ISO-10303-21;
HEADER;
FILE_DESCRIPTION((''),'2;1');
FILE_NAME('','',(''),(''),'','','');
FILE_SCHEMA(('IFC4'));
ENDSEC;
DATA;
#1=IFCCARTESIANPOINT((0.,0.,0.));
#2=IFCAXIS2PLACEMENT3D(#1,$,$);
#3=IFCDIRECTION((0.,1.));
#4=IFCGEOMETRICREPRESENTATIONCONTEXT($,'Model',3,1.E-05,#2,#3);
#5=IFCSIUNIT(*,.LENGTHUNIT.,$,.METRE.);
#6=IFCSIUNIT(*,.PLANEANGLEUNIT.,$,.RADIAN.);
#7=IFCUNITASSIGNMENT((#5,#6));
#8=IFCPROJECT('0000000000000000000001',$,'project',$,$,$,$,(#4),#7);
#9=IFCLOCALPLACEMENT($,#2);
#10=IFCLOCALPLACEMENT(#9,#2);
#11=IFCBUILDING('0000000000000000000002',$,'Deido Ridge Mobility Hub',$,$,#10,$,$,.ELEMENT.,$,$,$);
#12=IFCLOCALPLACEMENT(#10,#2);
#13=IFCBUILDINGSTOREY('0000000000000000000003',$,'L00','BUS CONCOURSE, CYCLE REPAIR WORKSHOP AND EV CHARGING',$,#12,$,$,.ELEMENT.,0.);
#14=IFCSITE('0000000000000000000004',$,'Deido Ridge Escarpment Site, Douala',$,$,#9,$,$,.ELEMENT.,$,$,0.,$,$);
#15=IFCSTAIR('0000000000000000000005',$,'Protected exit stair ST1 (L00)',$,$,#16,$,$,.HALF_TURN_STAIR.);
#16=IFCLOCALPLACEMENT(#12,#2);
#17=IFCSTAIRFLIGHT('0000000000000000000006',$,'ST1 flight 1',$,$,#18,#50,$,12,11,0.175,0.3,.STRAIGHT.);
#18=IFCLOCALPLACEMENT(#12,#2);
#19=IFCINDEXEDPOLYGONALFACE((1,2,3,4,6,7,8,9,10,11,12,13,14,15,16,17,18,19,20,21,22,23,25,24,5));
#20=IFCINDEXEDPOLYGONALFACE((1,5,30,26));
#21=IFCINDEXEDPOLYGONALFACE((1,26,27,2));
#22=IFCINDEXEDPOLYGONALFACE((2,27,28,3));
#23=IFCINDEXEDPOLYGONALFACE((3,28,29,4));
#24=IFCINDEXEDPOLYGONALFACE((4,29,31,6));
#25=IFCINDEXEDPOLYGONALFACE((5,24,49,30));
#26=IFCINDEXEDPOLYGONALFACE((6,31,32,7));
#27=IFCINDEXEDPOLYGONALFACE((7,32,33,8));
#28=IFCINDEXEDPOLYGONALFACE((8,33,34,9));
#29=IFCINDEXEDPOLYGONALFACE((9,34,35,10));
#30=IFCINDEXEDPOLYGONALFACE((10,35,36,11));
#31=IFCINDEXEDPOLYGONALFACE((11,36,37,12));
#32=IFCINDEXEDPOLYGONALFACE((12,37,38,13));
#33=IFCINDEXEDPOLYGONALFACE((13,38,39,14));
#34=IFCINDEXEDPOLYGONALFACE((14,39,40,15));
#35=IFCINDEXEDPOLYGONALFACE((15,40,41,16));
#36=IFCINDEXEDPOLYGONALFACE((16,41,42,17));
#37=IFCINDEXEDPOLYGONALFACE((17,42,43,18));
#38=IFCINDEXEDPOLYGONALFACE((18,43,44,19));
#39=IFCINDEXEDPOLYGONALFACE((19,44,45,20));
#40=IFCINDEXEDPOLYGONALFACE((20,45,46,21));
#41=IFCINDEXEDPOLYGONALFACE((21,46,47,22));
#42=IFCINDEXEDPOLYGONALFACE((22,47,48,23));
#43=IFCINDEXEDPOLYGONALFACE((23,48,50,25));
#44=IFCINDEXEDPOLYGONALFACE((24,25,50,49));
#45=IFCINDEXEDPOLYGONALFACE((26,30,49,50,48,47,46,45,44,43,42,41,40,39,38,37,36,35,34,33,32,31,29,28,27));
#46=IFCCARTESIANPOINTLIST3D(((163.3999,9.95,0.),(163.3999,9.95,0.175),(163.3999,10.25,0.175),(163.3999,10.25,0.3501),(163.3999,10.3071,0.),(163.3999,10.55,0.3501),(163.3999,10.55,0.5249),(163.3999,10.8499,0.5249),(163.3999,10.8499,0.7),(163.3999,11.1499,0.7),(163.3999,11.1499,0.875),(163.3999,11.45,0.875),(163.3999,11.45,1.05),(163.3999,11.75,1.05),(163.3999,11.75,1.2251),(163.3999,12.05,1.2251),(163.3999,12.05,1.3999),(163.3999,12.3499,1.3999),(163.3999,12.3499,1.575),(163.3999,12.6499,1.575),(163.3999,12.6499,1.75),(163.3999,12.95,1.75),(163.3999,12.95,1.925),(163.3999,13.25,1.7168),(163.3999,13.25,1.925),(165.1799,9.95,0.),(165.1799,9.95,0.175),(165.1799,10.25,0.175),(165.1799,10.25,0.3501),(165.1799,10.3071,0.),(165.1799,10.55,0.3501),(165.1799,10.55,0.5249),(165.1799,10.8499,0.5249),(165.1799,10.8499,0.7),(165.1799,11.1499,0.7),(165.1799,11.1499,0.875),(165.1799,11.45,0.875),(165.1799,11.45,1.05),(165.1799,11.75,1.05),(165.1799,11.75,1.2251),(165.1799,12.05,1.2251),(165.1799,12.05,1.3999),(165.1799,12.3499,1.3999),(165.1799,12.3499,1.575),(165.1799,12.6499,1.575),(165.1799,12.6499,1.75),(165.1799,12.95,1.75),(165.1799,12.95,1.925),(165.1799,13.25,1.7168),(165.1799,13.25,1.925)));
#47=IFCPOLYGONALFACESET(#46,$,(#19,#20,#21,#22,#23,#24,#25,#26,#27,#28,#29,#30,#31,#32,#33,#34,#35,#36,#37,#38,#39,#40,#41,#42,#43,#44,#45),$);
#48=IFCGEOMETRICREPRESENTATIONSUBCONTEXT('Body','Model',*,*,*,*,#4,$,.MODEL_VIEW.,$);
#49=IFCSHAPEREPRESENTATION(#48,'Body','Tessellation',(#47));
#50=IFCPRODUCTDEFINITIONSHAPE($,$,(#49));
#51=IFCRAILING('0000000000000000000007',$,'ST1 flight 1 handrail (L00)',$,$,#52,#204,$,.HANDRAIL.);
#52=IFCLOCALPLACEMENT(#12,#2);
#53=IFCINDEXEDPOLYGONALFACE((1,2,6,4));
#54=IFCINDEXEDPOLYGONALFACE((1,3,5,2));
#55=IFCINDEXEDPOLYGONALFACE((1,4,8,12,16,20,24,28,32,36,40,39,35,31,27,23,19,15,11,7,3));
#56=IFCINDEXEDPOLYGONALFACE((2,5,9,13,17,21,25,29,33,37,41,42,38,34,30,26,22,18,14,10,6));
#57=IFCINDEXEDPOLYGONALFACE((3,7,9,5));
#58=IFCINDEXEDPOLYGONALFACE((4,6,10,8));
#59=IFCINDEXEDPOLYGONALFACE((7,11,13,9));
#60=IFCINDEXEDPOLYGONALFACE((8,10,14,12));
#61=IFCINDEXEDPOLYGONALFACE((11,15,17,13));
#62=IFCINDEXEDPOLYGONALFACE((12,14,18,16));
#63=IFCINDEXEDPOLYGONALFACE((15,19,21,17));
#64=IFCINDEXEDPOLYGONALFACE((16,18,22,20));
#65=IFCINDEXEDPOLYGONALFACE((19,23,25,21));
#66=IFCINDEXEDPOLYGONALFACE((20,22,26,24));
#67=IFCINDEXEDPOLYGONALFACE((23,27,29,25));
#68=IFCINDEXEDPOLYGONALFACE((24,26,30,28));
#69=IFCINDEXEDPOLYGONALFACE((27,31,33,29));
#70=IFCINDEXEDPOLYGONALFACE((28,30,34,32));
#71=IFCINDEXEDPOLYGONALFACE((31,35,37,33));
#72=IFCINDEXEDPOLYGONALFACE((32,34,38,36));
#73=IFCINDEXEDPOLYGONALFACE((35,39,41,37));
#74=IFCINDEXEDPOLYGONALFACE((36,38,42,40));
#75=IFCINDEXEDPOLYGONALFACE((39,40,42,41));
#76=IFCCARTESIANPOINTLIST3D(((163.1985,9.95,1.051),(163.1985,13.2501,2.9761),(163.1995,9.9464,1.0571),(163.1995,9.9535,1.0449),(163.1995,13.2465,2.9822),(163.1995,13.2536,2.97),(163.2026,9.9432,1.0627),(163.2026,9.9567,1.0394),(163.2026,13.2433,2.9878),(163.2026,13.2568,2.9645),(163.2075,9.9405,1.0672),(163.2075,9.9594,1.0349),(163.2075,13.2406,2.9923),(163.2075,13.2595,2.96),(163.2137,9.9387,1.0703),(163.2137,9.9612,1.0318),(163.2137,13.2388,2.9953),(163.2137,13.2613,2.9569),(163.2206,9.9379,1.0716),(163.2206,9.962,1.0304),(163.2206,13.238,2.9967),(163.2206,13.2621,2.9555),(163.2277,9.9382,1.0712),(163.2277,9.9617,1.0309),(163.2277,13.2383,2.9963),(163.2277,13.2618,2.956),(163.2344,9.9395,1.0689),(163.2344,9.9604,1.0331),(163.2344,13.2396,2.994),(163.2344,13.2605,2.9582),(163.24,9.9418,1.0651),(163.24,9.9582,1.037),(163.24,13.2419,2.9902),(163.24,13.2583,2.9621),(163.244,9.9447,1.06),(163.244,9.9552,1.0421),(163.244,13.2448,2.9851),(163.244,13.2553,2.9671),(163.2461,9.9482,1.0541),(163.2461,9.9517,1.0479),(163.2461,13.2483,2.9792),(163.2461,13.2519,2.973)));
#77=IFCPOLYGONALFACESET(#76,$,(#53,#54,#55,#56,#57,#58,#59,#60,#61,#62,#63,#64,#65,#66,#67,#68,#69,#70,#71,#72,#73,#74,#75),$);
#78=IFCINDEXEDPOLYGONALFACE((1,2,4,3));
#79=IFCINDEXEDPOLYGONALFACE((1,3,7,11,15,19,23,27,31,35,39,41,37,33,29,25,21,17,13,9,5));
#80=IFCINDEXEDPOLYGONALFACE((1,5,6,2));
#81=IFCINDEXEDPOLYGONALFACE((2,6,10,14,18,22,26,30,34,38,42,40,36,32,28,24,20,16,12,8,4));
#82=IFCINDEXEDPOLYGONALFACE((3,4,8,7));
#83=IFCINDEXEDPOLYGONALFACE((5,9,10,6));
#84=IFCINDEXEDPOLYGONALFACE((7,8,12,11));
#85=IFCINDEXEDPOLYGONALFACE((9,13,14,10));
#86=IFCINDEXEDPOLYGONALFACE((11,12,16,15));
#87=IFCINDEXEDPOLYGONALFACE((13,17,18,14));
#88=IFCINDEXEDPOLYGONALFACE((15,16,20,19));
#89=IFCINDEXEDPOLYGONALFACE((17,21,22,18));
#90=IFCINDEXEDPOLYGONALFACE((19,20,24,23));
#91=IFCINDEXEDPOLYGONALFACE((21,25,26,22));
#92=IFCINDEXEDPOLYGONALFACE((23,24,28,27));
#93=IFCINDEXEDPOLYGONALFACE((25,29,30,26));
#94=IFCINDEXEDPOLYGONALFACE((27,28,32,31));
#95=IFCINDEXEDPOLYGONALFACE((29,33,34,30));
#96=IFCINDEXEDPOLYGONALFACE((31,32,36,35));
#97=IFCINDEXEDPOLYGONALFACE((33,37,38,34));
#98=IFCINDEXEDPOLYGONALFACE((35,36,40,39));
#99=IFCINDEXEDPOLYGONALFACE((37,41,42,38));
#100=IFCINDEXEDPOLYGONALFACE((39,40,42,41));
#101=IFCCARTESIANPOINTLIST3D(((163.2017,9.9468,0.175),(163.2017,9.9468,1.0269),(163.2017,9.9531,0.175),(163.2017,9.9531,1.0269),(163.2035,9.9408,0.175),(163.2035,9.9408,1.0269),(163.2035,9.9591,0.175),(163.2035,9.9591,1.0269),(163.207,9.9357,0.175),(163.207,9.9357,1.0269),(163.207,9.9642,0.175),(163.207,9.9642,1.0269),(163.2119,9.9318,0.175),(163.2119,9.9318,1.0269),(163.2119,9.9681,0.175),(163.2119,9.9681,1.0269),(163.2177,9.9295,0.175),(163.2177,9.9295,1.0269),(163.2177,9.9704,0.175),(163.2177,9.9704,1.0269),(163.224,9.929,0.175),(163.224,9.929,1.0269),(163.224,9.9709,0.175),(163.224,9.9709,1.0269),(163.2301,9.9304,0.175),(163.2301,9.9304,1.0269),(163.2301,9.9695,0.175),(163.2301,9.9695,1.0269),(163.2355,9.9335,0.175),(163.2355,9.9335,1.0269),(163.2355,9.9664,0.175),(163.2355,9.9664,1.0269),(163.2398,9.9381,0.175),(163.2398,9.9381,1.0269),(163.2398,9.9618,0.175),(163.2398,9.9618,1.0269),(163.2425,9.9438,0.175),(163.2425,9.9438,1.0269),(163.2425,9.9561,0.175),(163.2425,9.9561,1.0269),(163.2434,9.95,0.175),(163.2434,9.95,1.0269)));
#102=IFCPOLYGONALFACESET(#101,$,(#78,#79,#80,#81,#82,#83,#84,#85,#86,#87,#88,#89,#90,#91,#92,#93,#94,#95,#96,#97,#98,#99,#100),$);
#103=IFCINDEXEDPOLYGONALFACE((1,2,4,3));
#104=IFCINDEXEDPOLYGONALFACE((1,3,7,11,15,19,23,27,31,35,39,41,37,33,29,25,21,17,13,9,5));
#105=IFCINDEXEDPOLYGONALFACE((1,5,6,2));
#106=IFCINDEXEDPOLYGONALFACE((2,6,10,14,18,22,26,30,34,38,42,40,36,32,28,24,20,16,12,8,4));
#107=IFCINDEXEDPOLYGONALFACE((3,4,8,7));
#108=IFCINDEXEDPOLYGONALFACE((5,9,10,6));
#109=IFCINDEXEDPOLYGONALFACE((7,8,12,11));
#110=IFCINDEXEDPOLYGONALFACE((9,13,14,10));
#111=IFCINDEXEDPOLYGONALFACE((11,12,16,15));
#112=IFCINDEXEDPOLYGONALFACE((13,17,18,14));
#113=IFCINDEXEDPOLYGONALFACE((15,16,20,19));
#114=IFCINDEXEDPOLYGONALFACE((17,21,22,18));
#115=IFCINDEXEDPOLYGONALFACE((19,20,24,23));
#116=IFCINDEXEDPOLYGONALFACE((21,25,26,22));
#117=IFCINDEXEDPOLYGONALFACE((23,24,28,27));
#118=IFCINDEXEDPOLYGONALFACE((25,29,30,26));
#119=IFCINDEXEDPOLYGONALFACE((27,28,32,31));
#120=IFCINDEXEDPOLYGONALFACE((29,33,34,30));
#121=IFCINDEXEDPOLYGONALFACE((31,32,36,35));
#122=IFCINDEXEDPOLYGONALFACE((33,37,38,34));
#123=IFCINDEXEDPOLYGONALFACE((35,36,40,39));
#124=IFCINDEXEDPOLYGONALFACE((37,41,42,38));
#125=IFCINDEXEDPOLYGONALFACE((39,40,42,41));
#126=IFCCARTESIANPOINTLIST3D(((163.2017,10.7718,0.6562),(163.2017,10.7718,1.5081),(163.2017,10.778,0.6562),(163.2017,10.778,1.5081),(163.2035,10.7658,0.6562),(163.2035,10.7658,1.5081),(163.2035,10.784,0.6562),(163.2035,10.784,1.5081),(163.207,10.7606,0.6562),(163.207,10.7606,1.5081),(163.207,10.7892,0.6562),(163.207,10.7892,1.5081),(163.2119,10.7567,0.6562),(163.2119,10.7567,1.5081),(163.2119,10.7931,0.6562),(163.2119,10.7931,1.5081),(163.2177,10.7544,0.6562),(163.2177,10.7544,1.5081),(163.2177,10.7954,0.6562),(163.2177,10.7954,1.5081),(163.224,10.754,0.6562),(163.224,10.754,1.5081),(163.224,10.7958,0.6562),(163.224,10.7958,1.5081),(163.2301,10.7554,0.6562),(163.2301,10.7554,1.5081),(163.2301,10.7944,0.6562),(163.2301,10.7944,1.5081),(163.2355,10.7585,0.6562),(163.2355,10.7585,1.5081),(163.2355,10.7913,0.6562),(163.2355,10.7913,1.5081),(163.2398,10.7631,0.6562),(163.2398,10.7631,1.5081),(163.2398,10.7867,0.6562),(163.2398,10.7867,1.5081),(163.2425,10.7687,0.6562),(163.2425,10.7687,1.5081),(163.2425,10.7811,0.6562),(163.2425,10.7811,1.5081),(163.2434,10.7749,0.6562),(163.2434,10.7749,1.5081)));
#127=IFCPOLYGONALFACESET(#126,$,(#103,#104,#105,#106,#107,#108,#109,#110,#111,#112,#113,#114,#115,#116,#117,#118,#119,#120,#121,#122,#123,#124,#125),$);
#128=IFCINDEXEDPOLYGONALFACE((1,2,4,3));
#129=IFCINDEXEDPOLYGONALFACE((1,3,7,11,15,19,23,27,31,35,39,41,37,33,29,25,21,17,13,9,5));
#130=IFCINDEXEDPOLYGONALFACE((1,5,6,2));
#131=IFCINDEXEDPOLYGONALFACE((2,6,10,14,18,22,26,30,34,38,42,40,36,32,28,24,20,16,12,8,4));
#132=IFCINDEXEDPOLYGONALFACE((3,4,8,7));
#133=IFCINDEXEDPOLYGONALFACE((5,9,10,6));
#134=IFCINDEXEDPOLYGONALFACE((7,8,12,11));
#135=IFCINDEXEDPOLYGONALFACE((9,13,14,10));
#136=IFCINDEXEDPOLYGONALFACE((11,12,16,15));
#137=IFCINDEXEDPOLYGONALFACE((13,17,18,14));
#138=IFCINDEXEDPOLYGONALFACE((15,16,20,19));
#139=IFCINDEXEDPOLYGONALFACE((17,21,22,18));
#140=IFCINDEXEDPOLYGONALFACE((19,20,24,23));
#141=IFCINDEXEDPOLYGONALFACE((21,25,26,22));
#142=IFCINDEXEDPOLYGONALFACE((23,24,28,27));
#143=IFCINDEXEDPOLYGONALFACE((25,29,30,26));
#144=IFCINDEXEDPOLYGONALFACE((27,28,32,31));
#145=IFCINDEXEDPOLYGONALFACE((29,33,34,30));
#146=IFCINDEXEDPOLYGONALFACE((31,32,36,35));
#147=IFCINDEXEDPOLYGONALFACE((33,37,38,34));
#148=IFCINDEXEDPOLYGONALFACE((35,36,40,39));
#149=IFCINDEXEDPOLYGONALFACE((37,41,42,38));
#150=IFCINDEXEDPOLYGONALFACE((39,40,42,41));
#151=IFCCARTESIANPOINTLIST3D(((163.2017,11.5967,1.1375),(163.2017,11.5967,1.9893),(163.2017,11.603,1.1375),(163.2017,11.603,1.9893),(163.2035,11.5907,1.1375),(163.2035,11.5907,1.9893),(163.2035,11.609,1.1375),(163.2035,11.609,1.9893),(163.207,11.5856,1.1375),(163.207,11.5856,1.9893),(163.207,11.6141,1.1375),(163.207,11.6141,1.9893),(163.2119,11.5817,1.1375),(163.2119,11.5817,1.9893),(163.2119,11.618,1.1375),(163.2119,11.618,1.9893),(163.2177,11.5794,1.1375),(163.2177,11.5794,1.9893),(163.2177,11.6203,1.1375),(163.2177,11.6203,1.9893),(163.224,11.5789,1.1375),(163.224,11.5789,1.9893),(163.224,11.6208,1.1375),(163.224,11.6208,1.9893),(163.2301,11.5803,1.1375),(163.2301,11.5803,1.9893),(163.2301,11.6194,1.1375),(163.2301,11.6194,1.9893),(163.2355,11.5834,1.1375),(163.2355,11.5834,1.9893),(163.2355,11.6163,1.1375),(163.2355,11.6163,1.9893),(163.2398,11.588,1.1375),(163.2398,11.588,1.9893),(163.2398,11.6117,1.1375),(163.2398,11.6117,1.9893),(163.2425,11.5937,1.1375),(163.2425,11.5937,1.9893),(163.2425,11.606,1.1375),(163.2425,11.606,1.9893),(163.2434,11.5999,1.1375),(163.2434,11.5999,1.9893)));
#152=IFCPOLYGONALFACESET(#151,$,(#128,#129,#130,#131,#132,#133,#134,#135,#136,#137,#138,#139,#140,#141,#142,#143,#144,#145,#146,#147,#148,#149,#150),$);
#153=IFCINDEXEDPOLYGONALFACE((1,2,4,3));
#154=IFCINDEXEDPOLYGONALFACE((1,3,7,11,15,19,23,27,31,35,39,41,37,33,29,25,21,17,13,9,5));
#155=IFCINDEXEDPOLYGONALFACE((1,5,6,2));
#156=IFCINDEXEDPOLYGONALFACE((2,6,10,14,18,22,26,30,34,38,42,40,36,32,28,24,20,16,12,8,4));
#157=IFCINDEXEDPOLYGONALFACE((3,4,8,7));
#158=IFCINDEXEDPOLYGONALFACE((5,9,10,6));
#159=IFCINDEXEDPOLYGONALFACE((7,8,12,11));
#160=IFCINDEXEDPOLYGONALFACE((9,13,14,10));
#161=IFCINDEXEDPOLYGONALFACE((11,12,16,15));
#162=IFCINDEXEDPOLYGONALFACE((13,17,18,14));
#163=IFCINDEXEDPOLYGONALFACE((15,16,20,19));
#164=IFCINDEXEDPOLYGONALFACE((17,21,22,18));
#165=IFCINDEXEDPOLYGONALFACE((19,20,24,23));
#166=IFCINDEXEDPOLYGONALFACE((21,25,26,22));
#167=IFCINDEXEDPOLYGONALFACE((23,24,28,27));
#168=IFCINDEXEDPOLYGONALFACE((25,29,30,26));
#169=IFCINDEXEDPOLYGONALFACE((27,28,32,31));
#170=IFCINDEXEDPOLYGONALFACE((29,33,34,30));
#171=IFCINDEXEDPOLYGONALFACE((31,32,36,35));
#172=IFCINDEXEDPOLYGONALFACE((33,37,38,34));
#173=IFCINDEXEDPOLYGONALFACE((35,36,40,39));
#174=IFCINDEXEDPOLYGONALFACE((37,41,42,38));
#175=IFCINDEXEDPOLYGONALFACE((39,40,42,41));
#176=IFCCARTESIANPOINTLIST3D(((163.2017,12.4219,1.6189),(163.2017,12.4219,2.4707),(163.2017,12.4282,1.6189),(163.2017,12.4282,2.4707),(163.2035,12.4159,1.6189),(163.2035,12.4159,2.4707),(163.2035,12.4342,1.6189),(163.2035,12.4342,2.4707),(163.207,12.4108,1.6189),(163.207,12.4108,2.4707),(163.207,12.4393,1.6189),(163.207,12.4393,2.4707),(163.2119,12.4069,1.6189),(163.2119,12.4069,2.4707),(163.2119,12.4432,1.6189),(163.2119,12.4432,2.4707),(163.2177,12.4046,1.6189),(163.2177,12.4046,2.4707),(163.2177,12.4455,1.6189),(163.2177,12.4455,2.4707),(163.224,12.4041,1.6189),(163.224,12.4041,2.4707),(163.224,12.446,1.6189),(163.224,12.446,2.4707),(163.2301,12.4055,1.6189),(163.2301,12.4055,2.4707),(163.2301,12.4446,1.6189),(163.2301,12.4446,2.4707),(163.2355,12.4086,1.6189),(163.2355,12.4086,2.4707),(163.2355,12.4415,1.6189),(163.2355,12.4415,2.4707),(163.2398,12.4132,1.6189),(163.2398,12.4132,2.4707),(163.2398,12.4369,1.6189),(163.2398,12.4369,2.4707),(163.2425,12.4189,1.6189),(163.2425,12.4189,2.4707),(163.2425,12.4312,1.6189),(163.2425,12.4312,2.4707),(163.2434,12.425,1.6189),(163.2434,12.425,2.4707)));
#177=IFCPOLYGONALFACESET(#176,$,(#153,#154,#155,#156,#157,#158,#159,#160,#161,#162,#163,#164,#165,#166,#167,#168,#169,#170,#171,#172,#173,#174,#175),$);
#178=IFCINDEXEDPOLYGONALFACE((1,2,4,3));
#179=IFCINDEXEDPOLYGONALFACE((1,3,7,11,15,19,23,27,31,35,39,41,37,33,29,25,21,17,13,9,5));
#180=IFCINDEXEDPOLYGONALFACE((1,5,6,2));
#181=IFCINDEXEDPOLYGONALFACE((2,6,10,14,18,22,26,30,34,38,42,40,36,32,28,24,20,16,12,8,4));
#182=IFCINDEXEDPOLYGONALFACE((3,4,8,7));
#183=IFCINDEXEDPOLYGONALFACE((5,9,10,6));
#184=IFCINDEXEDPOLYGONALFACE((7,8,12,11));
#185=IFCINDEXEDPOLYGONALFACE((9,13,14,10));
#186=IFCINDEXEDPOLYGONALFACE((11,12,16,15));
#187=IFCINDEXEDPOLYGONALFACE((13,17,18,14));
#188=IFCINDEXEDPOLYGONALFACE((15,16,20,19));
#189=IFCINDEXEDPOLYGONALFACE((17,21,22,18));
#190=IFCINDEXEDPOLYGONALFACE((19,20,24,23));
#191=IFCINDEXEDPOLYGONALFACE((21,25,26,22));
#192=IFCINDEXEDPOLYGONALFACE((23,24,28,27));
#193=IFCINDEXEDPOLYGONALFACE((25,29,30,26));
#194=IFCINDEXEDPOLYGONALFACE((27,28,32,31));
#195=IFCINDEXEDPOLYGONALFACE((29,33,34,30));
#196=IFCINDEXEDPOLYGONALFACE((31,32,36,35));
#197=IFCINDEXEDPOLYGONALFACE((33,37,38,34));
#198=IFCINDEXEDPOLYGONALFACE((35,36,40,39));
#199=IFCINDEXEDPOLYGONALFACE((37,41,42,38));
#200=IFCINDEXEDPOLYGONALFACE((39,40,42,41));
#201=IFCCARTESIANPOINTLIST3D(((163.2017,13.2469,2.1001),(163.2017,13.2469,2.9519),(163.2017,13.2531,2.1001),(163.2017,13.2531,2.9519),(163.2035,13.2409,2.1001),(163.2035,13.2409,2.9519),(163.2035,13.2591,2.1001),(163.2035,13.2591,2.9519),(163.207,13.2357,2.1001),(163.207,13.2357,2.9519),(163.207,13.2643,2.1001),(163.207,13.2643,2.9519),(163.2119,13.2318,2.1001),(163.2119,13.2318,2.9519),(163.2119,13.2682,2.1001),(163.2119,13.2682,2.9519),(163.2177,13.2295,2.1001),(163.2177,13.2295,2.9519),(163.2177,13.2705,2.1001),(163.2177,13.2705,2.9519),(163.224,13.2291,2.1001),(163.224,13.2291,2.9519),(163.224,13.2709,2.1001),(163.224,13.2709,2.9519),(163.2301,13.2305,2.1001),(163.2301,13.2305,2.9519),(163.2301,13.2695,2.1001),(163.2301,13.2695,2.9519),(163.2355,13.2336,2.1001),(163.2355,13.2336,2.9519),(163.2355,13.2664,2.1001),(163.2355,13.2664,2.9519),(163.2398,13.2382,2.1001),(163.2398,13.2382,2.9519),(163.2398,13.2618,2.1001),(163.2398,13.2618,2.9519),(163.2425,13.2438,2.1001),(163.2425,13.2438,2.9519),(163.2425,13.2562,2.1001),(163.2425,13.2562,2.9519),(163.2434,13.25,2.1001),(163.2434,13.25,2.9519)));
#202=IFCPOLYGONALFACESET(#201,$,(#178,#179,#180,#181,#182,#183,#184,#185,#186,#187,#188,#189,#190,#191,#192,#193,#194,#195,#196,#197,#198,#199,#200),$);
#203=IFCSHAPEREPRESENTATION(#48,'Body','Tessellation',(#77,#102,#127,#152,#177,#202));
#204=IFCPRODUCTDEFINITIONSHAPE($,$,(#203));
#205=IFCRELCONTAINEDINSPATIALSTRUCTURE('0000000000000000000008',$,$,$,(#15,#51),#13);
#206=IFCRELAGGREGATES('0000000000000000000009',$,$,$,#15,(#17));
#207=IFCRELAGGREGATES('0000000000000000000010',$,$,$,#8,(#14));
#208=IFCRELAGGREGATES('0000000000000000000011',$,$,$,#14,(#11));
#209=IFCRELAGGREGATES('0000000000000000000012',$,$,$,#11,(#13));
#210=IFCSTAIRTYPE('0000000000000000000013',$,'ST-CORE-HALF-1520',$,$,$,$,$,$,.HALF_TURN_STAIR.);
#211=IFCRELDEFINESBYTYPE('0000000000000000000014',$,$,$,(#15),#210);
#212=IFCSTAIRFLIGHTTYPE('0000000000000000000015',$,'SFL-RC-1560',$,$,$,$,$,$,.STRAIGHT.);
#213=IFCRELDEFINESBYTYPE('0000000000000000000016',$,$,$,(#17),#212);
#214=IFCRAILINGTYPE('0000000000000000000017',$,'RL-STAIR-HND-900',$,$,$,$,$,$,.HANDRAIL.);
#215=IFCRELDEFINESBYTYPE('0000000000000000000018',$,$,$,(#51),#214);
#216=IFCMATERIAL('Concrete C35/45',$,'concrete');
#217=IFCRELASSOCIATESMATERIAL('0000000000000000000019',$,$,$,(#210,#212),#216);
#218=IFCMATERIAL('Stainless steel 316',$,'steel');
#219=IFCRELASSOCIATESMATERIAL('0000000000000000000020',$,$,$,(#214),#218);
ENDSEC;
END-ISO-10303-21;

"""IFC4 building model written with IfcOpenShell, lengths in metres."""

from ifc_helpers import new_model, si_unit, direction, frame, origin, origin_2d, place, context, subcontext, project, spatial, polyline, circle, outline, extrude, material, type_object, element, aggregate, save


model = new_model("IFC4")

# Units and contexts
model_context = context("Model", 3, precision=1e-05, world=origin(), true_north=direction((0.0, 1.0)))
body_context = subcontext(model_context, "Body", "Model", "MODEL_VIEW")
ifc_project = project(units=[si_unit("LENGTHUNIT", "METRE"), si_unit("PLANEANGLEUNIT", "RADIAN")], contexts=[model_context])

# Site, building, storey
site_placement = place(None, origin())
site = spatial("IfcSite", under=ifc_project, at=site_placement, Name="Deido Ridge Escarpment Site, Douala", CompositionType="ELEMENT", RefElevation=0.0)
building_placement = place(site_placement, origin())
building = spatial("IfcBuilding", under=site, at=building_placement, Name="Deido Ridge Mobility Hub", CompositionType="ELEMENT")
storey_placement = place(building_placement, origin())
storey = spatial("IfcBuildingStorey", under=building, at=storey_placement, Name="L00", Description="BUS CONCOURSE, CYCLE REPAIR WORKSHOP AND EV CHARGING", CompositionType="ELEMENT", Elevation=0.0)

# Stair, stair flight
ifc_material_1 = material(Name="Concrete C35/45", Category="concrete")
stair_type = type_object("IfcStairType", Name="ST-CORE-HALF-1520", PredefinedType="HALF_TURN_STAIR", material=ifc_material_1)
stair_placement = place(storey_placement, origin())
stair = element("IfcStair", 1, at=stair_placement, inside=storey, type_object=stair_type, Name="Protected exit stair ST1 (L00)", PredefinedType="HALF_TURN_STAIR")
stair_flight_type = type_object("IfcStairFlightType", Name="SFL-RC-1560", PredefinedType="STRAIGHT", material=ifc_material_1)
stair_flight_placement = place(storey_placement, frame((164.29, 9.95, 0.0), z_axis=(0.0, 0.0, 1.0), x_axis=(0.0, 1.0, 0.0)))
stair_flight = element("IfcStairFlight", 2, at=stair_flight_placement, type_object=stair_flight_type, Name="ST1 flight 1", NumberOfRisers=12, NumberOfTreads=11, PredefinedType="STRAIGHT", RiserHeight=0.175, TreadLength=0.3, context=body_context, shape_type="SweptSolid", body=[
    extrude(outline(polyline([(0.0, 0.0), (0.0, 0.175), (0.3, 0.175), (0.3, 0.3501), (0.6001, 0.3501), (0.6001, 0.5249), (0.8999, 0.5249), (0.8999, 0.7), (1.2, 0.7), (1.2, 0.875), (1.5, 0.875), (1.5, 1.05), (1.8, 1.05), (1.8, 1.2251), (2.1001, 1.2251), (2.1001, 1.3999), (2.3999, 1.3999), (2.3999, 1.575), (2.7, 1.575), (2.7, 1.75), (3.0, 1.75), (3.0, 1.925), (3.3, 1.925), (3.3, 2.1001), (3.3, 1.7168), (0.3572, 0.0), (0.0, 0.0)])), frame((0.0, 0.8901, 0.0), z_axis=(0.0, -1.0, 0.0), x_axis=(1.0, 0.0, 0.0)), (0.0, 0.0, 1.0), 1.78),
])
aggregate(stair, [stair_flight])

# Railing
ifc_material_2 = material(Name="Stainless steel 316", Category="steel")
railing_type = type_object("IfcRailingType", Name="RL-STAIR-HND-900", PredefinedType="HANDRAIL", material=ifc_material_2)
railing_placement = place(storey_placement, frame((163.2224, 9.95, 0.175)))
element("IfcRailing", 3, at=railing_placement, inside=storey, type_object=railing_type, Name="ST1 flight 1 handrail (L00)", PredefinedType="HANDRAIL", context=body_context, shape_type="SweptSolid", body=[
    extrude(circle(Radius=0.0239, at=origin_2d()), frame((0.0, 0.0, 0.876), z_axis=(0.0, 0.863777, 0.503875), x_axis=(-1.0, 0.0, 0.0)), (0.0, 0.0, 1.0), 3.8206),
    extrude(circle(Radius=0.021, at=origin_2d()), origin(), (0.0, 0.0, 1.0), 0.8518),
    extrude(circle(Radius=0.021, at=origin_2d()), frame((0.0, 0.825, 0.4812)), (0.0, 0.0, 1.0), 0.8518),
    extrude(circle(Radius=0.021, at=origin_2d()), frame((0.0, 1.6499, 0.9624)), (0.0, 0.0, 1.0), 0.8518),
    extrude(circle(Radius=0.021, at=origin_2d()), frame((0.0, 2.4751, 1.4438)), (0.0, 0.0, 1.0), 0.8518),
    extrude(circle(Radius=0.021, at=origin_2d()), frame((0.0, 3.3, 1.925)), (0.0, 0.0, 1.0), 0.8518),
])

save(model, "model.ifc")
